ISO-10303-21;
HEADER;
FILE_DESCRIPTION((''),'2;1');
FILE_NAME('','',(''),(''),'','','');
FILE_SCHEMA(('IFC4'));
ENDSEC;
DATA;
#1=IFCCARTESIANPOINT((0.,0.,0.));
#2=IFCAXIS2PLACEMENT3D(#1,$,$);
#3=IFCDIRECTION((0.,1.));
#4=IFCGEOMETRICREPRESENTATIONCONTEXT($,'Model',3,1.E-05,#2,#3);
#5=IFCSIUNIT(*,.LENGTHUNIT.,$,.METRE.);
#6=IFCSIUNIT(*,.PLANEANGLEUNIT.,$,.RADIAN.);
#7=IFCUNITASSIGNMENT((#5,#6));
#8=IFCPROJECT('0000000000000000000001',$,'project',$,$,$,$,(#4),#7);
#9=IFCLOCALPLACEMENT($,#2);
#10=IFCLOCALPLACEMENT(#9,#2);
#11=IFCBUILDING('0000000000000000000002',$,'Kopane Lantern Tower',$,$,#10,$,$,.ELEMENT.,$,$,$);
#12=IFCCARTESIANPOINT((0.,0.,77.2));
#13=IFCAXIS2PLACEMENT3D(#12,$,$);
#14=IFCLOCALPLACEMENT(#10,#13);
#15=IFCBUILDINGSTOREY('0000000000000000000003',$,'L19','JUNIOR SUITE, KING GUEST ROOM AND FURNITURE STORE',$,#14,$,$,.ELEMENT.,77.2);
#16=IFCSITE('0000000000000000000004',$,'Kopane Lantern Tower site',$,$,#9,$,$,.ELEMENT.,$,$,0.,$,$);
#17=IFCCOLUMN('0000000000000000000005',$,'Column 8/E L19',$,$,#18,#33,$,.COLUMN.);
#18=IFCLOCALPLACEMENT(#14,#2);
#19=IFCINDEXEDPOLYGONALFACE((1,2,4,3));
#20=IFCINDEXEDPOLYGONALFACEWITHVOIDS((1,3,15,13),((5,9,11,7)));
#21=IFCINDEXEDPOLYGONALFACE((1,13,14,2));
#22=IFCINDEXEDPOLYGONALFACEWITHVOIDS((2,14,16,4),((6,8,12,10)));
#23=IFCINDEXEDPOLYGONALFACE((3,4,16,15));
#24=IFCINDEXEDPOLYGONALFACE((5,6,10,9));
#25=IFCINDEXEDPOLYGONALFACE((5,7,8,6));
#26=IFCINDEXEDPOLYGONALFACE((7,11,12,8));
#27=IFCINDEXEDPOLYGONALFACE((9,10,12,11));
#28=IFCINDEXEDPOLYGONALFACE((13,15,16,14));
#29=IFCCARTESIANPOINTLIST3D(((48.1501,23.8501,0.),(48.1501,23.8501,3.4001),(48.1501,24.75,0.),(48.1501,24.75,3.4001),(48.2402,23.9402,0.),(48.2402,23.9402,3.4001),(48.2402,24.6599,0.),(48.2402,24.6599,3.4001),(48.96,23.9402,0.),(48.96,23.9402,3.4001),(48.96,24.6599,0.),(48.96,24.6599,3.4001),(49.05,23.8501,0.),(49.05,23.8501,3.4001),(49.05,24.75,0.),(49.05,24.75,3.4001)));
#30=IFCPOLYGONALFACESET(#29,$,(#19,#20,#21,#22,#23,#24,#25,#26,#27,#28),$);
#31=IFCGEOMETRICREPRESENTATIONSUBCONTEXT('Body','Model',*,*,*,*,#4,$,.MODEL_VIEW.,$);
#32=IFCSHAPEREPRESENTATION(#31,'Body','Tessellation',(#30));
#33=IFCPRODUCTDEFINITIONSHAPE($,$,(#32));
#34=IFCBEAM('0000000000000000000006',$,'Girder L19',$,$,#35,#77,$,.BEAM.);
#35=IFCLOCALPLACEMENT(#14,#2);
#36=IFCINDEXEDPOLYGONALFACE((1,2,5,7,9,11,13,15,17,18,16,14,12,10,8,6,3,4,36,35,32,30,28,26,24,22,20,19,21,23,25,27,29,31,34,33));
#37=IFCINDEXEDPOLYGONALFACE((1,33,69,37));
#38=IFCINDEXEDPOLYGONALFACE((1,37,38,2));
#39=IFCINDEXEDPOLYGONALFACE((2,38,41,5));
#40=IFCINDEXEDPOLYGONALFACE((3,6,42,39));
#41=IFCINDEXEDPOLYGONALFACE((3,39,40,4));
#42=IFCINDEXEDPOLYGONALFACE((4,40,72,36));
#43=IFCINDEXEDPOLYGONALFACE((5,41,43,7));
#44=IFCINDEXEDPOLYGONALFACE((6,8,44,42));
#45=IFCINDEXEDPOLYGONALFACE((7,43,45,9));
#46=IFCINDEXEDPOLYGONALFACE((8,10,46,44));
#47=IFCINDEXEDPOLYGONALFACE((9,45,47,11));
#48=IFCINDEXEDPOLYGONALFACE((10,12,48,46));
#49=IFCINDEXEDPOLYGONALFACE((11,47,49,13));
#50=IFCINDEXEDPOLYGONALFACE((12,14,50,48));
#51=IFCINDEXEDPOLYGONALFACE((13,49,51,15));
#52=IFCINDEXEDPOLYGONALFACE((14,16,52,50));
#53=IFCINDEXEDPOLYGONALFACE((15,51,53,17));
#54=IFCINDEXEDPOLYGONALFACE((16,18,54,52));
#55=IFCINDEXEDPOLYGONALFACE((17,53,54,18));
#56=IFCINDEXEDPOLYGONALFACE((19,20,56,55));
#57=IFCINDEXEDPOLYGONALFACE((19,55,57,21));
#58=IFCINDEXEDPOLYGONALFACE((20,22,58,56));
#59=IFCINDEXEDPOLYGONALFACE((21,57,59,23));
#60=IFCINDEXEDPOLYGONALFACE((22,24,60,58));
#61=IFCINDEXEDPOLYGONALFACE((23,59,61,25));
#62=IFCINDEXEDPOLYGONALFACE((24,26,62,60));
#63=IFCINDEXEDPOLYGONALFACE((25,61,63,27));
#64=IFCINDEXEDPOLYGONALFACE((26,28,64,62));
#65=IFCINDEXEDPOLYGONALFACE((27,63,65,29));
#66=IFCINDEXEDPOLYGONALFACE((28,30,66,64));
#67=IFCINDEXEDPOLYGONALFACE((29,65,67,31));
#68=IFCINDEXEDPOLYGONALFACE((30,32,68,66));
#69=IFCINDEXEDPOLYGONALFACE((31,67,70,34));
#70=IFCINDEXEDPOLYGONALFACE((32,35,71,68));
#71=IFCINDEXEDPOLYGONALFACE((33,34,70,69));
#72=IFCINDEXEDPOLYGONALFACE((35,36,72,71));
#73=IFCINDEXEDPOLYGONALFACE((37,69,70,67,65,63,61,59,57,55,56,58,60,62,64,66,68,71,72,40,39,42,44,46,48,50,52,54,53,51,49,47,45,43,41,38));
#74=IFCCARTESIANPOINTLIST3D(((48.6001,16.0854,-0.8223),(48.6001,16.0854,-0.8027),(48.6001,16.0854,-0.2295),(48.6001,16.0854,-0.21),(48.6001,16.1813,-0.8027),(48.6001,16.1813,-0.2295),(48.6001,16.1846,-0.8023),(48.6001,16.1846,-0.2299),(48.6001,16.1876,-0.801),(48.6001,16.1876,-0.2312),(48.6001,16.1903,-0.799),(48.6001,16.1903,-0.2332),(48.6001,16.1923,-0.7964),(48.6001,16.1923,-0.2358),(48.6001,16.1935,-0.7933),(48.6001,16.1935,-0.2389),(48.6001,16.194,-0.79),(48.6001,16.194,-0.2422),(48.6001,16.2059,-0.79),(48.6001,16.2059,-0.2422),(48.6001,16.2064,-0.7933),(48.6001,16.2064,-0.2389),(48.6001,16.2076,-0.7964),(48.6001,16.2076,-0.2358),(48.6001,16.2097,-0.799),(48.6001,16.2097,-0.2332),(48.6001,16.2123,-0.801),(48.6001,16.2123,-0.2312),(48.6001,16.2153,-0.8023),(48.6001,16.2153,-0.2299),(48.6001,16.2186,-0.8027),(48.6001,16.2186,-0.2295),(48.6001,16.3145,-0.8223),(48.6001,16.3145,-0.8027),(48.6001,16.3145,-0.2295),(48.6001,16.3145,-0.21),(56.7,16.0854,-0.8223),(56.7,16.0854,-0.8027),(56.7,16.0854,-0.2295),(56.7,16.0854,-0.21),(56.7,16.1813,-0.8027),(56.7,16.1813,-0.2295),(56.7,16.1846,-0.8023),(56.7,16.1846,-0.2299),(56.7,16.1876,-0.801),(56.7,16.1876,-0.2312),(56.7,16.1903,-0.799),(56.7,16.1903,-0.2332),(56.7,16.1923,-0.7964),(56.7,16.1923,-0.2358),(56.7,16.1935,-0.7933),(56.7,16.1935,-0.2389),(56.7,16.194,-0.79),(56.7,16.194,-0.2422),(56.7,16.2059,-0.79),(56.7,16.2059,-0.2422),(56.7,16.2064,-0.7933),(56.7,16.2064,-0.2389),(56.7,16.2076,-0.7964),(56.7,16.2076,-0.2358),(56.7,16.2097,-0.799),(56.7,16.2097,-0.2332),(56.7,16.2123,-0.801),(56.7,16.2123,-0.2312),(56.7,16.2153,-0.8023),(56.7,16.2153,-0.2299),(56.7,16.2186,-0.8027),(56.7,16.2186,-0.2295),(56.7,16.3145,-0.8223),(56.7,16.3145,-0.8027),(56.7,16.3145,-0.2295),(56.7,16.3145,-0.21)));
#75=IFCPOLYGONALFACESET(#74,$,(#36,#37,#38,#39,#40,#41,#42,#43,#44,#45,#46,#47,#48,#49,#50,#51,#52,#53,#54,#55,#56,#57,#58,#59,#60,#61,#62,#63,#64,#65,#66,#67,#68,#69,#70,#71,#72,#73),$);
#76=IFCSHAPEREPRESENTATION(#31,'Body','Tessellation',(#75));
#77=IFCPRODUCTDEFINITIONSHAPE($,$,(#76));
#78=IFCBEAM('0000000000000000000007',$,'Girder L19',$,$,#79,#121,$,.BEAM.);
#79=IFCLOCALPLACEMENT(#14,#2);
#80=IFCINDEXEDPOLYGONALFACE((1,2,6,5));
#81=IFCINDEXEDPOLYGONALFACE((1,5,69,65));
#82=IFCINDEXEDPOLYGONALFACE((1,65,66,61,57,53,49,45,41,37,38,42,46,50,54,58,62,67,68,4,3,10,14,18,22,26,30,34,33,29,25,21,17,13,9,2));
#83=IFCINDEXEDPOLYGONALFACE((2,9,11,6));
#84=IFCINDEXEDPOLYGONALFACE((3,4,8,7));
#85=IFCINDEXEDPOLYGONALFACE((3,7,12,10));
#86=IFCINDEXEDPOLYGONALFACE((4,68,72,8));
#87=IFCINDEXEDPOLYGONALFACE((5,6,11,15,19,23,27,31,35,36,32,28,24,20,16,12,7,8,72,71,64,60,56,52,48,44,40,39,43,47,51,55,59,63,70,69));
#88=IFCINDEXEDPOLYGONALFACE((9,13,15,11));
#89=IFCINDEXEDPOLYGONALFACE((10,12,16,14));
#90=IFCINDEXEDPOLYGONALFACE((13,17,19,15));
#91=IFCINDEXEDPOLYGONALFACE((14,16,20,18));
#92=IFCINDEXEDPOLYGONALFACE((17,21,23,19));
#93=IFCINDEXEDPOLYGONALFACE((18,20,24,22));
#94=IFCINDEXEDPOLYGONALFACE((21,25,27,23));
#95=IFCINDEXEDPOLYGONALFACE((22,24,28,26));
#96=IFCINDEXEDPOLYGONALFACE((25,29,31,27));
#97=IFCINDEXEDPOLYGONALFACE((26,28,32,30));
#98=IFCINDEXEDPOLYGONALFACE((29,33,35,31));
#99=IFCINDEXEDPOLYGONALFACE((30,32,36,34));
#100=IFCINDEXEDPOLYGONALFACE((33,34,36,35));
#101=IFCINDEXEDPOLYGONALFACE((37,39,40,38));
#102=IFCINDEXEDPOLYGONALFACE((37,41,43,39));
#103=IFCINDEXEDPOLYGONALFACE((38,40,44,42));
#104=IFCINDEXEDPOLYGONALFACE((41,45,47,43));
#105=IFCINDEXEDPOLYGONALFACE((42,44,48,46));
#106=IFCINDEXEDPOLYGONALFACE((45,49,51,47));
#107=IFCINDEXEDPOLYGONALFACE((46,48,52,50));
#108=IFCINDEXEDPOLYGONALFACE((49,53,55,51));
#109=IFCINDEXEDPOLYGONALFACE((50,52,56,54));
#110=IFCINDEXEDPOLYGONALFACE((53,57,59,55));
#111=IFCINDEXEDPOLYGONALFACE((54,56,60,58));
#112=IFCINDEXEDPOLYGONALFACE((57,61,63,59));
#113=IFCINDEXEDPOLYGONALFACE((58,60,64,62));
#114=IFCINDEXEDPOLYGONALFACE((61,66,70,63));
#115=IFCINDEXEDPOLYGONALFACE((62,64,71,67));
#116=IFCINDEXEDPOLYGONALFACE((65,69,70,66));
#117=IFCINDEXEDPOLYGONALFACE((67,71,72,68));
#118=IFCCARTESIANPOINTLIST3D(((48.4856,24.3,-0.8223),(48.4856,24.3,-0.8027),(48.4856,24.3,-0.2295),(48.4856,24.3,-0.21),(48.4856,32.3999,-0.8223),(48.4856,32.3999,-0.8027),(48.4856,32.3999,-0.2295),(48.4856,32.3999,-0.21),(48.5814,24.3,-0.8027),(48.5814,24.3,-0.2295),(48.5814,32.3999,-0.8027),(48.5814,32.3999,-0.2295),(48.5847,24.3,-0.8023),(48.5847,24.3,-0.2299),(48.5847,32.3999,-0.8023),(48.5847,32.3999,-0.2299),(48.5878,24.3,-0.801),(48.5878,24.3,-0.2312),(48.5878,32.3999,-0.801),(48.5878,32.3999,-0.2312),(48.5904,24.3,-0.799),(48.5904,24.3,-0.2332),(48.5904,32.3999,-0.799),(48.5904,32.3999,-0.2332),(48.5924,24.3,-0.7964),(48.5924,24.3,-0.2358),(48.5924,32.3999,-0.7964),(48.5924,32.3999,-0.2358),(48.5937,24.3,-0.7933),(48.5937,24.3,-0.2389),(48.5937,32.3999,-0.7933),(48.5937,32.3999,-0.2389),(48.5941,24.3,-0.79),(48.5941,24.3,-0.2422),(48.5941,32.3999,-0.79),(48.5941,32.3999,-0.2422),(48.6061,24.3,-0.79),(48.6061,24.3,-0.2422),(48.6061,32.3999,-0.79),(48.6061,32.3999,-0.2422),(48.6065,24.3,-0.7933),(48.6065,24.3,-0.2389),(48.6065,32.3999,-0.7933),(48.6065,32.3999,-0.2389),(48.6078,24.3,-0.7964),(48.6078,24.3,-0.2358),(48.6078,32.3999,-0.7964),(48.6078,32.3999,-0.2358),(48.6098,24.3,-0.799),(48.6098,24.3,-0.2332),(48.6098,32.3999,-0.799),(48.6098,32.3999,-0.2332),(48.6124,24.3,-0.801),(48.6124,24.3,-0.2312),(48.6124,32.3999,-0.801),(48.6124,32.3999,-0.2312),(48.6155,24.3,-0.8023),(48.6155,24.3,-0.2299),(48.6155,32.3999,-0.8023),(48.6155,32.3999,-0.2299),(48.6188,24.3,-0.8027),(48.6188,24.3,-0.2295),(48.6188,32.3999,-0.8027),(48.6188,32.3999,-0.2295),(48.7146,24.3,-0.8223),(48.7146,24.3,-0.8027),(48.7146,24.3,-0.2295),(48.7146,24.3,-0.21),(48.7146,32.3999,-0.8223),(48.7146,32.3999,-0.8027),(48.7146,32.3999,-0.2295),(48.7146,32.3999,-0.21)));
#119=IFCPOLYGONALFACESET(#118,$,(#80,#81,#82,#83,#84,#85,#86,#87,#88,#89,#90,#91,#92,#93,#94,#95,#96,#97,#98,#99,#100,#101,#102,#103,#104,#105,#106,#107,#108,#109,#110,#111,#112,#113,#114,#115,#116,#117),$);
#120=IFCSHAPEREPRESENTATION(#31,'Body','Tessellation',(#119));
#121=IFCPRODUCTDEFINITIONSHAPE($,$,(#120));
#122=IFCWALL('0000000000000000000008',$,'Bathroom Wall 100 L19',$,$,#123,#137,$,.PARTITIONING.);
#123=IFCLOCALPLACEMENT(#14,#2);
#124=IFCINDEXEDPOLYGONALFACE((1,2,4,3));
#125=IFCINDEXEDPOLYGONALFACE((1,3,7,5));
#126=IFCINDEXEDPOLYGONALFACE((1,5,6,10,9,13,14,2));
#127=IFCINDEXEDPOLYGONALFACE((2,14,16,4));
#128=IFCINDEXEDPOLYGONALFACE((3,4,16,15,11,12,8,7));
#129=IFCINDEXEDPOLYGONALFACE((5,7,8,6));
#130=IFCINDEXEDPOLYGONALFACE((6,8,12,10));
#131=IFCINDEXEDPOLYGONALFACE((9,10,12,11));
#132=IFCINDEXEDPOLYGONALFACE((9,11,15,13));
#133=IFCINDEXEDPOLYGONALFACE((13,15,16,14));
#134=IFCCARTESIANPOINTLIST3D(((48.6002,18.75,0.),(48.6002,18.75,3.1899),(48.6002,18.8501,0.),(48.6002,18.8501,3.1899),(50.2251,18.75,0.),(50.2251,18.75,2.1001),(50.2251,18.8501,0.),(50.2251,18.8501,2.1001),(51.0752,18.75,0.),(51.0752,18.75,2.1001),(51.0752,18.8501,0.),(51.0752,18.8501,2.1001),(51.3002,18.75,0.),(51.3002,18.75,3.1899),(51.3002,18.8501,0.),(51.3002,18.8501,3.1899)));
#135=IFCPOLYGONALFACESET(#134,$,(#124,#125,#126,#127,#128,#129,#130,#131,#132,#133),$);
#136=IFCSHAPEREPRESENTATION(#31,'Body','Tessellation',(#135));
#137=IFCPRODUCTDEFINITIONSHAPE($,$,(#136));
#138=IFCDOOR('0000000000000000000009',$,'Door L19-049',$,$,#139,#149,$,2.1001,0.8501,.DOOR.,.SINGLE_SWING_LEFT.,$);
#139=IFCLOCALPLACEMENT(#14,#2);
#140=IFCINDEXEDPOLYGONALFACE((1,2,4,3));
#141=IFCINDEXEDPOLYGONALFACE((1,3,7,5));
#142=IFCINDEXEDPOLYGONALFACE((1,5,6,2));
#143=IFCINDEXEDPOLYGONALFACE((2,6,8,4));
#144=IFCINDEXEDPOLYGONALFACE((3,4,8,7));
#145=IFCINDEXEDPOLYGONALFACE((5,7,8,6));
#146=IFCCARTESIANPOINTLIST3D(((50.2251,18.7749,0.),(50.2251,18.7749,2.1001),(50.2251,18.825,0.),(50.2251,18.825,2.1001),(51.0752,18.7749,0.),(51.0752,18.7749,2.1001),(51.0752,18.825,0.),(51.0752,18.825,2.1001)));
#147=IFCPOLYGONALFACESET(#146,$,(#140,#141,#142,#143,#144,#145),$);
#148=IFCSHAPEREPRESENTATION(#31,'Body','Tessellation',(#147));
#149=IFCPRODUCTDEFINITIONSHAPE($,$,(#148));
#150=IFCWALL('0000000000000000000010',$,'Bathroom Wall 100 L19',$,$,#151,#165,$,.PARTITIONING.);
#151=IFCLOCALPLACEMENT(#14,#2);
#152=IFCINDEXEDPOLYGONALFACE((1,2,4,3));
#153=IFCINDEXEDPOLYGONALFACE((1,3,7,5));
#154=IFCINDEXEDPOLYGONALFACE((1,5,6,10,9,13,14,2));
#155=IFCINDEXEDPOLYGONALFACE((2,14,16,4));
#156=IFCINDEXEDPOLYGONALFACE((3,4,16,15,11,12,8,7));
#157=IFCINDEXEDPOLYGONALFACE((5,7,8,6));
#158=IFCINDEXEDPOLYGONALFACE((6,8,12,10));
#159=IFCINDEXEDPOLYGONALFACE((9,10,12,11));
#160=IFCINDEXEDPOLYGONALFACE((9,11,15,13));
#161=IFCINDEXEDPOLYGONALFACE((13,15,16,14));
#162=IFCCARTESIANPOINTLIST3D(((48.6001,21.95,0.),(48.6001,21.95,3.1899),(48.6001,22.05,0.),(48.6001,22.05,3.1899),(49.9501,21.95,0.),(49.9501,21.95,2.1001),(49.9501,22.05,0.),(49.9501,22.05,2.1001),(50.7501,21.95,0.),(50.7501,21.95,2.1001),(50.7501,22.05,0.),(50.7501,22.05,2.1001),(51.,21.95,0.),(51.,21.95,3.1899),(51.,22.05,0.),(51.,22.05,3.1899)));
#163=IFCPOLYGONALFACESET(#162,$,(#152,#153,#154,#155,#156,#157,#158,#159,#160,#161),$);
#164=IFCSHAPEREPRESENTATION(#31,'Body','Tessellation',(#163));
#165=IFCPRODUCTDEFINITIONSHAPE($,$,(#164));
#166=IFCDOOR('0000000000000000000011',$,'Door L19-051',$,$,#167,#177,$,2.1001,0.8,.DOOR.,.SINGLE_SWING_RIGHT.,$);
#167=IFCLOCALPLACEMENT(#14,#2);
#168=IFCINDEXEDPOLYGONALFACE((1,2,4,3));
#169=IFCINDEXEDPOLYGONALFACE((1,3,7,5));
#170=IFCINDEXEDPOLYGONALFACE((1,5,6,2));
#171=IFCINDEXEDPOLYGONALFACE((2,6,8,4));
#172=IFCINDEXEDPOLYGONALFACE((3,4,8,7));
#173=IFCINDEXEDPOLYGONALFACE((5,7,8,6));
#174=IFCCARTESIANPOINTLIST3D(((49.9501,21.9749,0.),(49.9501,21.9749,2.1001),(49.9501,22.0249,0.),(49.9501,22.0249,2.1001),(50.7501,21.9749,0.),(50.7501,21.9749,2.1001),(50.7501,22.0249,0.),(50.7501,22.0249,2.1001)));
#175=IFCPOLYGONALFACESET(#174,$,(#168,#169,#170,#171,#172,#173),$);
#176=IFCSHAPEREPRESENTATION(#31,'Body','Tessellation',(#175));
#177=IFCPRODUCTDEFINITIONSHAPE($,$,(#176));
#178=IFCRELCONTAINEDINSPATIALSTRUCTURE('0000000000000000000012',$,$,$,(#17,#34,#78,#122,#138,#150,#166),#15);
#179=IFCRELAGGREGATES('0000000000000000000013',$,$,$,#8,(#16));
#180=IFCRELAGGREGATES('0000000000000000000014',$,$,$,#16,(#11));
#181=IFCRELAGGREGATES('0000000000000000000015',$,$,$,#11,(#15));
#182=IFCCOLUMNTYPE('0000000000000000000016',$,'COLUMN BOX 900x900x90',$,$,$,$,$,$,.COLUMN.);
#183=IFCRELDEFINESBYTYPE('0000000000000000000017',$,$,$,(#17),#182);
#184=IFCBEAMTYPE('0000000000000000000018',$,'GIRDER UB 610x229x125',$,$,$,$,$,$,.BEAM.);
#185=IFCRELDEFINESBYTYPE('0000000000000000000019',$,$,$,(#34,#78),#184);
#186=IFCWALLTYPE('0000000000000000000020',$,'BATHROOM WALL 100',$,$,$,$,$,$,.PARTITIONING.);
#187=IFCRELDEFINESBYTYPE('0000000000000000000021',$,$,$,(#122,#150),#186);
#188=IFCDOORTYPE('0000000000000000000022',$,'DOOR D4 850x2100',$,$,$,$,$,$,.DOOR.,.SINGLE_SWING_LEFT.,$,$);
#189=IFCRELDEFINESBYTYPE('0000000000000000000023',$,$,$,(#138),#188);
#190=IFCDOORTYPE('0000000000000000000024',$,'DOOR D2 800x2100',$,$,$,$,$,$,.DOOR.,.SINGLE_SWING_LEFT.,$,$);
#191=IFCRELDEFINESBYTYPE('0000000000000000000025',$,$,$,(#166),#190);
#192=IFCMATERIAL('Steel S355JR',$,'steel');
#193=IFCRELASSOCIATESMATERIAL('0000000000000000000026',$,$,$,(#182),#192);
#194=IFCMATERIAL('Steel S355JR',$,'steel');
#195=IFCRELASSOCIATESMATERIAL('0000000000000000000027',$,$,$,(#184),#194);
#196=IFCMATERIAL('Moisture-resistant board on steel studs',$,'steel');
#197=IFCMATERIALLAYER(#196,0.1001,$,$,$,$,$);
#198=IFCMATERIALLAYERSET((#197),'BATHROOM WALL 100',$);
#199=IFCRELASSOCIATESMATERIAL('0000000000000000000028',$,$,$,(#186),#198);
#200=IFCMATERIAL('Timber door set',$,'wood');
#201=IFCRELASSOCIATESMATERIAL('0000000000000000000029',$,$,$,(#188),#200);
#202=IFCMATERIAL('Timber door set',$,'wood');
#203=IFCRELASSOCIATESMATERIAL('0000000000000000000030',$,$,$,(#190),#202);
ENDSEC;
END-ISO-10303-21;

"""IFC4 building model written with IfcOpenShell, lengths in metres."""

from ifc_helpers import new_model, si_unit, direction, frame, frame_2d, origin, origin_2d, place, context, subcontext, project, spatial, rectangle, hollow_rectangle, i_section, extrude, material, layer, layer_set, material_profile, profile_set, type_object, element, fill, save


model = new_model("IFC4")

# Units and contexts
model_context = context("Model", 3, precision=1e-05, world=origin(), true_north=direction((0.0, 1.0)))
body_context = subcontext(model_context, "Body", "Model", "MODEL_VIEW")
ifc_project = project(units=[si_unit("LENGTHUNIT", "METRE"), si_unit("PLANEANGLEUNIT", "RADIAN")], contexts=[model_context])

# Site, building, storey
site_placement = place(None, origin())
site = spatial("IfcSite", under=ifc_project, at=site_placement, Name="Kopane Lantern Tower site", CompositionType="ELEMENT", RefElevation=0.0)
building_placement = place(site_placement, origin())
building = spatial("IfcBuilding", under=site, at=building_placement, Name="Kopane Lantern Tower", CompositionType="ELEMENT")
storey_placement = place(building_placement, frame((0.0, 0.0, 77.2)))
storey = spatial("IfcBuildingStorey", under=building, at=storey_placement, Name="L19", Description="JUNIOR SUITE, KING GUEST ROOM AND FURNITURE STORE", CompositionType="ELEMENT", Elevation=77.2)

# Column
ifc_material_1 = material(Name="Steel S355JR", Category="steel")
ifc_material_profile_1 = material_profile(ifc_material_1, hollow_rectangle(XDim=0.8999, YDim=0.8999, WallThickness=0.0901, at=origin_2d()), Name="BOX 900x900x90")
ifc_profile_set_1 = profile_set([ifc_material_profile_1], Name="Steel S355JR")
column_type = type_object("IfcColumnType", Name="COLUMN BOX 900x900x90", PredefinedType="COLUMN", material=ifc_profile_set_1)
column_placement = place(storey_placement, frame((48.6001, 24.3, 0.0), z_axis=(0.0, 0.0, 1.0), x_axis=(1.0, 0.0, 0.0)))
element("IfcColumn", 1, at=column_placement, inside=storey, type_object=column_type, Name="Column 8/E L19", PredefinedType="COLUMN", context=body_context, shape_type="SweptSolid", body=[
    extrude(hollow_rectangle(XDim=0.8999, YDim=0.8999, WallThickness=0.0901, at=origin_2d()), origin(), (0.0, 0.0, 1.0), 3.4001),
])

# Beams
ifc_material_2 = material(Name="Steel S355JR", Category="steel")
ifc_material_profile_2 = material_profile(ifc_material_2, i_section(OverallWidth=0.229, OverallDepth=0.6123, WebThickness=0.012, FlangeThickness=0.0195, FilletRadius=0.0127, at=origin_2d()), Name="UB 610x229x125")
ifc_profile_set_2 = profile_set([ifc_material_profile_2], Name="Steel S355JR")
beam_type = type_object("IfcBeamType", Name="GIRDER UB 610x229x125", PredefinedType="BEAM", material=ifc_profile_set_2)
for number, where, z_axis, x_axis, name in (
    (2, (48.6001, 16.2, -0.5161), (1.0, 0.0, 0.0), (0.0, 1.0, 0.0), "Girder L19"),
    (3, (48.6001, 24.3, -0.5161), (0.0, 1.0, 0.0), (-1.0, 0.0, 0.0), "Girder L19"),
):
    element("IfcBeam", number, at=place(storey_placement, frame(where, z_axis=z_axis, x_axis=x_axis)), inside=storey, type_object=beam_type, Name=name, PredefinedType="BEAM", context=body_context, shape_type="SweptSolid", body=[
        extrude(i_section(OverallWidth=0.229, OverallDepth=0.6123, WebThickness=0.012, FlangeThickness=0.0195, FilletRadius=0.0127, at=origin_2d()), origin(), (0.0, 0.0, 1.0), 8.0999),
    ])

# Walls, openings, doors
ifc_material_3 = material(Name="Moisture-resistant board on steel studs", Category="steel")
ifc_layer_1 = layer(ifc_material_3, 0.1001)
ifc_layer_set_1 = layer_set([ifc_layer_1], Name="BATHROOM WALL 100")
wall_type_1 = type_object("IfcWallType", Name="BATHROOM WALL 100", PredefinedType="PARTITIONING", material=ifc_layer_set_1)
wall_1_placement = place(storey_placement, frame((48.6001, 18.8, 0.0), z_axis=(0.0, 0.0, 1.0), x_axis=(1.0, 0.0, 0.0)))
wall_1 = element("IfcWall", 4, at=wall_1_placement, inside=storey, type_object=wall_type_1, Name="Bathroom Wall 100 L19", PredefinedType="PARTITIONING", context=body_context, shape_type="SweptSolid", body=[
    extrude(rectangle(XDim=2.7, YDim=0.1001, at=frame_2d((1.3501, 0.0))), origin(), (0.0, 0.0, 1.0), 3.1899),
])
opening_1_placement = place(wall_1_placement, frame((1.625, 0.0, 0.0)))
opening_1 = element("IfcOpeningElement", 5, at=opening_1_placement, cuts=wall_1, PredefinedType="OPENING", context=body_context, shape_type="SweptSolid", body=[
    extrude(rectangle(XDim=0.8501, YDim=2.1001, at=frame_2d((0.425, 1.05))), frame((0.0, 0.0601, 0.0), z_axis=(0.0, -1.0, 0.0), x_axis=(1.0, 0.0, 0.0)), (0.0, 0.0, 1.0), 0.1201),
])
ifc_material_4 = material(Name="Timber door set", Category="wood")
door_type_1 = type_object("IfcDoorType", Name="DOOR D4 850x2100", OperationType="SINGLE_SWING_LEFT", PredefinedType="DOOR", material=ifc_material_4)
door_1_placement = place(opening_1_placement, origin())
door_1 = element("IfcDoor", 6, at=door_1_placement, inside=storey, type_object=door_type_1, Name="Door L19-049", OperationType="SINGLE_SWING_LEFT", OverallHeight=2.1001, OverallWidth=0.8501, PredefinedType="DOOR", context=body_context, shape_type="SweptSolid", body=[
    extrude(rectangle(XDim=0.8501, YDim=2.1001, at=frame_2d((0.425, 1.05))), frame((0.0, 0.0249, 0.0), z_axis=(0.0, -1.0, 0.0), x_axis=(1.0, 0.0, 0.0)), (0.0, 0.0, 1.0), 0.05),
])
fill(opening_1, door_1)
wall_2_placement = place(storey_placement, frame((48.6001, 22.0, 0.0), z_axis=(0.0, 0.0, 1.0), x_axis=(1.0, 0.0, 0.0)))
wall_2 = element("IfcWall", 7, at=wall_2_placement, inside=storey, type_object=wall_type_1, Name="Bathroom Wall 100 L19", PredefinedType="PARTITIONING", context=body_context, shape_type="SweptSolid", body=[
    extrude(rectangle(XDim=2.3999, YDim=0.1001, at=frame_2d((1.2, 0.0))), origin(), (0.0, 0.0, 1.0), 3.1899),
])
opening_2_placement = place(wall_2_placement, frame((1.3501, 0.0, 0.0)))
opening_2 = element("IfcOpeningElement", 8, at=opening_2_placement, cuts=wall_2, PredefinedType="OPENING", context=body_context, shape_type="SweptSolid", body=[
    extrude(rectangle(XDim=0.8, YDim=2.1001, at=frame_2d((0.3999, 1.05))), frame((0.0, 0.0601, 0.0), z_axis=(0.0, -1.0, 0.0), x_axis=(1.0, 0.0, 0.0)), (0.0, 0.0, 1.0), 0.1201),
])
ifc_material_5 = material(Name="Timber door set", Category="wood")
door_type_2 = type_object("IfcDoorType", Name="DOOR D2 800x2100", OperationType="SINGLE_SWING_LEFT", PredefinedType="DOOR", material=ifc_material_5)
door_2_placement = place(opening_2_placement, origin())
door_2 = element("IfcDoor", 9, at=door_2_placement, inside=storey, type_object=door_type_2, Name="Door L19-051", OperationType="SINGLE_SWING_RIGHT", OverallHeight=2.1001, OverallWidth=0.8, PredefinedType="DOOR", context=body_context, shape_type="SweptSolid", body=[
    extrude(rectangle(XDim=0.8, YDim=2.1001, at=frame_2d((0.3999, 1.05))), frame((0.0, 0.0249, 0.0), z_axis=(0.0, -1.0, 0.0), x_axis=(1.0, 0.0, 0.0)), (0.0, 0.0, 1.0), 0.05),
])
fill(opening_2, door_2)

save(model, "model.ifc")
